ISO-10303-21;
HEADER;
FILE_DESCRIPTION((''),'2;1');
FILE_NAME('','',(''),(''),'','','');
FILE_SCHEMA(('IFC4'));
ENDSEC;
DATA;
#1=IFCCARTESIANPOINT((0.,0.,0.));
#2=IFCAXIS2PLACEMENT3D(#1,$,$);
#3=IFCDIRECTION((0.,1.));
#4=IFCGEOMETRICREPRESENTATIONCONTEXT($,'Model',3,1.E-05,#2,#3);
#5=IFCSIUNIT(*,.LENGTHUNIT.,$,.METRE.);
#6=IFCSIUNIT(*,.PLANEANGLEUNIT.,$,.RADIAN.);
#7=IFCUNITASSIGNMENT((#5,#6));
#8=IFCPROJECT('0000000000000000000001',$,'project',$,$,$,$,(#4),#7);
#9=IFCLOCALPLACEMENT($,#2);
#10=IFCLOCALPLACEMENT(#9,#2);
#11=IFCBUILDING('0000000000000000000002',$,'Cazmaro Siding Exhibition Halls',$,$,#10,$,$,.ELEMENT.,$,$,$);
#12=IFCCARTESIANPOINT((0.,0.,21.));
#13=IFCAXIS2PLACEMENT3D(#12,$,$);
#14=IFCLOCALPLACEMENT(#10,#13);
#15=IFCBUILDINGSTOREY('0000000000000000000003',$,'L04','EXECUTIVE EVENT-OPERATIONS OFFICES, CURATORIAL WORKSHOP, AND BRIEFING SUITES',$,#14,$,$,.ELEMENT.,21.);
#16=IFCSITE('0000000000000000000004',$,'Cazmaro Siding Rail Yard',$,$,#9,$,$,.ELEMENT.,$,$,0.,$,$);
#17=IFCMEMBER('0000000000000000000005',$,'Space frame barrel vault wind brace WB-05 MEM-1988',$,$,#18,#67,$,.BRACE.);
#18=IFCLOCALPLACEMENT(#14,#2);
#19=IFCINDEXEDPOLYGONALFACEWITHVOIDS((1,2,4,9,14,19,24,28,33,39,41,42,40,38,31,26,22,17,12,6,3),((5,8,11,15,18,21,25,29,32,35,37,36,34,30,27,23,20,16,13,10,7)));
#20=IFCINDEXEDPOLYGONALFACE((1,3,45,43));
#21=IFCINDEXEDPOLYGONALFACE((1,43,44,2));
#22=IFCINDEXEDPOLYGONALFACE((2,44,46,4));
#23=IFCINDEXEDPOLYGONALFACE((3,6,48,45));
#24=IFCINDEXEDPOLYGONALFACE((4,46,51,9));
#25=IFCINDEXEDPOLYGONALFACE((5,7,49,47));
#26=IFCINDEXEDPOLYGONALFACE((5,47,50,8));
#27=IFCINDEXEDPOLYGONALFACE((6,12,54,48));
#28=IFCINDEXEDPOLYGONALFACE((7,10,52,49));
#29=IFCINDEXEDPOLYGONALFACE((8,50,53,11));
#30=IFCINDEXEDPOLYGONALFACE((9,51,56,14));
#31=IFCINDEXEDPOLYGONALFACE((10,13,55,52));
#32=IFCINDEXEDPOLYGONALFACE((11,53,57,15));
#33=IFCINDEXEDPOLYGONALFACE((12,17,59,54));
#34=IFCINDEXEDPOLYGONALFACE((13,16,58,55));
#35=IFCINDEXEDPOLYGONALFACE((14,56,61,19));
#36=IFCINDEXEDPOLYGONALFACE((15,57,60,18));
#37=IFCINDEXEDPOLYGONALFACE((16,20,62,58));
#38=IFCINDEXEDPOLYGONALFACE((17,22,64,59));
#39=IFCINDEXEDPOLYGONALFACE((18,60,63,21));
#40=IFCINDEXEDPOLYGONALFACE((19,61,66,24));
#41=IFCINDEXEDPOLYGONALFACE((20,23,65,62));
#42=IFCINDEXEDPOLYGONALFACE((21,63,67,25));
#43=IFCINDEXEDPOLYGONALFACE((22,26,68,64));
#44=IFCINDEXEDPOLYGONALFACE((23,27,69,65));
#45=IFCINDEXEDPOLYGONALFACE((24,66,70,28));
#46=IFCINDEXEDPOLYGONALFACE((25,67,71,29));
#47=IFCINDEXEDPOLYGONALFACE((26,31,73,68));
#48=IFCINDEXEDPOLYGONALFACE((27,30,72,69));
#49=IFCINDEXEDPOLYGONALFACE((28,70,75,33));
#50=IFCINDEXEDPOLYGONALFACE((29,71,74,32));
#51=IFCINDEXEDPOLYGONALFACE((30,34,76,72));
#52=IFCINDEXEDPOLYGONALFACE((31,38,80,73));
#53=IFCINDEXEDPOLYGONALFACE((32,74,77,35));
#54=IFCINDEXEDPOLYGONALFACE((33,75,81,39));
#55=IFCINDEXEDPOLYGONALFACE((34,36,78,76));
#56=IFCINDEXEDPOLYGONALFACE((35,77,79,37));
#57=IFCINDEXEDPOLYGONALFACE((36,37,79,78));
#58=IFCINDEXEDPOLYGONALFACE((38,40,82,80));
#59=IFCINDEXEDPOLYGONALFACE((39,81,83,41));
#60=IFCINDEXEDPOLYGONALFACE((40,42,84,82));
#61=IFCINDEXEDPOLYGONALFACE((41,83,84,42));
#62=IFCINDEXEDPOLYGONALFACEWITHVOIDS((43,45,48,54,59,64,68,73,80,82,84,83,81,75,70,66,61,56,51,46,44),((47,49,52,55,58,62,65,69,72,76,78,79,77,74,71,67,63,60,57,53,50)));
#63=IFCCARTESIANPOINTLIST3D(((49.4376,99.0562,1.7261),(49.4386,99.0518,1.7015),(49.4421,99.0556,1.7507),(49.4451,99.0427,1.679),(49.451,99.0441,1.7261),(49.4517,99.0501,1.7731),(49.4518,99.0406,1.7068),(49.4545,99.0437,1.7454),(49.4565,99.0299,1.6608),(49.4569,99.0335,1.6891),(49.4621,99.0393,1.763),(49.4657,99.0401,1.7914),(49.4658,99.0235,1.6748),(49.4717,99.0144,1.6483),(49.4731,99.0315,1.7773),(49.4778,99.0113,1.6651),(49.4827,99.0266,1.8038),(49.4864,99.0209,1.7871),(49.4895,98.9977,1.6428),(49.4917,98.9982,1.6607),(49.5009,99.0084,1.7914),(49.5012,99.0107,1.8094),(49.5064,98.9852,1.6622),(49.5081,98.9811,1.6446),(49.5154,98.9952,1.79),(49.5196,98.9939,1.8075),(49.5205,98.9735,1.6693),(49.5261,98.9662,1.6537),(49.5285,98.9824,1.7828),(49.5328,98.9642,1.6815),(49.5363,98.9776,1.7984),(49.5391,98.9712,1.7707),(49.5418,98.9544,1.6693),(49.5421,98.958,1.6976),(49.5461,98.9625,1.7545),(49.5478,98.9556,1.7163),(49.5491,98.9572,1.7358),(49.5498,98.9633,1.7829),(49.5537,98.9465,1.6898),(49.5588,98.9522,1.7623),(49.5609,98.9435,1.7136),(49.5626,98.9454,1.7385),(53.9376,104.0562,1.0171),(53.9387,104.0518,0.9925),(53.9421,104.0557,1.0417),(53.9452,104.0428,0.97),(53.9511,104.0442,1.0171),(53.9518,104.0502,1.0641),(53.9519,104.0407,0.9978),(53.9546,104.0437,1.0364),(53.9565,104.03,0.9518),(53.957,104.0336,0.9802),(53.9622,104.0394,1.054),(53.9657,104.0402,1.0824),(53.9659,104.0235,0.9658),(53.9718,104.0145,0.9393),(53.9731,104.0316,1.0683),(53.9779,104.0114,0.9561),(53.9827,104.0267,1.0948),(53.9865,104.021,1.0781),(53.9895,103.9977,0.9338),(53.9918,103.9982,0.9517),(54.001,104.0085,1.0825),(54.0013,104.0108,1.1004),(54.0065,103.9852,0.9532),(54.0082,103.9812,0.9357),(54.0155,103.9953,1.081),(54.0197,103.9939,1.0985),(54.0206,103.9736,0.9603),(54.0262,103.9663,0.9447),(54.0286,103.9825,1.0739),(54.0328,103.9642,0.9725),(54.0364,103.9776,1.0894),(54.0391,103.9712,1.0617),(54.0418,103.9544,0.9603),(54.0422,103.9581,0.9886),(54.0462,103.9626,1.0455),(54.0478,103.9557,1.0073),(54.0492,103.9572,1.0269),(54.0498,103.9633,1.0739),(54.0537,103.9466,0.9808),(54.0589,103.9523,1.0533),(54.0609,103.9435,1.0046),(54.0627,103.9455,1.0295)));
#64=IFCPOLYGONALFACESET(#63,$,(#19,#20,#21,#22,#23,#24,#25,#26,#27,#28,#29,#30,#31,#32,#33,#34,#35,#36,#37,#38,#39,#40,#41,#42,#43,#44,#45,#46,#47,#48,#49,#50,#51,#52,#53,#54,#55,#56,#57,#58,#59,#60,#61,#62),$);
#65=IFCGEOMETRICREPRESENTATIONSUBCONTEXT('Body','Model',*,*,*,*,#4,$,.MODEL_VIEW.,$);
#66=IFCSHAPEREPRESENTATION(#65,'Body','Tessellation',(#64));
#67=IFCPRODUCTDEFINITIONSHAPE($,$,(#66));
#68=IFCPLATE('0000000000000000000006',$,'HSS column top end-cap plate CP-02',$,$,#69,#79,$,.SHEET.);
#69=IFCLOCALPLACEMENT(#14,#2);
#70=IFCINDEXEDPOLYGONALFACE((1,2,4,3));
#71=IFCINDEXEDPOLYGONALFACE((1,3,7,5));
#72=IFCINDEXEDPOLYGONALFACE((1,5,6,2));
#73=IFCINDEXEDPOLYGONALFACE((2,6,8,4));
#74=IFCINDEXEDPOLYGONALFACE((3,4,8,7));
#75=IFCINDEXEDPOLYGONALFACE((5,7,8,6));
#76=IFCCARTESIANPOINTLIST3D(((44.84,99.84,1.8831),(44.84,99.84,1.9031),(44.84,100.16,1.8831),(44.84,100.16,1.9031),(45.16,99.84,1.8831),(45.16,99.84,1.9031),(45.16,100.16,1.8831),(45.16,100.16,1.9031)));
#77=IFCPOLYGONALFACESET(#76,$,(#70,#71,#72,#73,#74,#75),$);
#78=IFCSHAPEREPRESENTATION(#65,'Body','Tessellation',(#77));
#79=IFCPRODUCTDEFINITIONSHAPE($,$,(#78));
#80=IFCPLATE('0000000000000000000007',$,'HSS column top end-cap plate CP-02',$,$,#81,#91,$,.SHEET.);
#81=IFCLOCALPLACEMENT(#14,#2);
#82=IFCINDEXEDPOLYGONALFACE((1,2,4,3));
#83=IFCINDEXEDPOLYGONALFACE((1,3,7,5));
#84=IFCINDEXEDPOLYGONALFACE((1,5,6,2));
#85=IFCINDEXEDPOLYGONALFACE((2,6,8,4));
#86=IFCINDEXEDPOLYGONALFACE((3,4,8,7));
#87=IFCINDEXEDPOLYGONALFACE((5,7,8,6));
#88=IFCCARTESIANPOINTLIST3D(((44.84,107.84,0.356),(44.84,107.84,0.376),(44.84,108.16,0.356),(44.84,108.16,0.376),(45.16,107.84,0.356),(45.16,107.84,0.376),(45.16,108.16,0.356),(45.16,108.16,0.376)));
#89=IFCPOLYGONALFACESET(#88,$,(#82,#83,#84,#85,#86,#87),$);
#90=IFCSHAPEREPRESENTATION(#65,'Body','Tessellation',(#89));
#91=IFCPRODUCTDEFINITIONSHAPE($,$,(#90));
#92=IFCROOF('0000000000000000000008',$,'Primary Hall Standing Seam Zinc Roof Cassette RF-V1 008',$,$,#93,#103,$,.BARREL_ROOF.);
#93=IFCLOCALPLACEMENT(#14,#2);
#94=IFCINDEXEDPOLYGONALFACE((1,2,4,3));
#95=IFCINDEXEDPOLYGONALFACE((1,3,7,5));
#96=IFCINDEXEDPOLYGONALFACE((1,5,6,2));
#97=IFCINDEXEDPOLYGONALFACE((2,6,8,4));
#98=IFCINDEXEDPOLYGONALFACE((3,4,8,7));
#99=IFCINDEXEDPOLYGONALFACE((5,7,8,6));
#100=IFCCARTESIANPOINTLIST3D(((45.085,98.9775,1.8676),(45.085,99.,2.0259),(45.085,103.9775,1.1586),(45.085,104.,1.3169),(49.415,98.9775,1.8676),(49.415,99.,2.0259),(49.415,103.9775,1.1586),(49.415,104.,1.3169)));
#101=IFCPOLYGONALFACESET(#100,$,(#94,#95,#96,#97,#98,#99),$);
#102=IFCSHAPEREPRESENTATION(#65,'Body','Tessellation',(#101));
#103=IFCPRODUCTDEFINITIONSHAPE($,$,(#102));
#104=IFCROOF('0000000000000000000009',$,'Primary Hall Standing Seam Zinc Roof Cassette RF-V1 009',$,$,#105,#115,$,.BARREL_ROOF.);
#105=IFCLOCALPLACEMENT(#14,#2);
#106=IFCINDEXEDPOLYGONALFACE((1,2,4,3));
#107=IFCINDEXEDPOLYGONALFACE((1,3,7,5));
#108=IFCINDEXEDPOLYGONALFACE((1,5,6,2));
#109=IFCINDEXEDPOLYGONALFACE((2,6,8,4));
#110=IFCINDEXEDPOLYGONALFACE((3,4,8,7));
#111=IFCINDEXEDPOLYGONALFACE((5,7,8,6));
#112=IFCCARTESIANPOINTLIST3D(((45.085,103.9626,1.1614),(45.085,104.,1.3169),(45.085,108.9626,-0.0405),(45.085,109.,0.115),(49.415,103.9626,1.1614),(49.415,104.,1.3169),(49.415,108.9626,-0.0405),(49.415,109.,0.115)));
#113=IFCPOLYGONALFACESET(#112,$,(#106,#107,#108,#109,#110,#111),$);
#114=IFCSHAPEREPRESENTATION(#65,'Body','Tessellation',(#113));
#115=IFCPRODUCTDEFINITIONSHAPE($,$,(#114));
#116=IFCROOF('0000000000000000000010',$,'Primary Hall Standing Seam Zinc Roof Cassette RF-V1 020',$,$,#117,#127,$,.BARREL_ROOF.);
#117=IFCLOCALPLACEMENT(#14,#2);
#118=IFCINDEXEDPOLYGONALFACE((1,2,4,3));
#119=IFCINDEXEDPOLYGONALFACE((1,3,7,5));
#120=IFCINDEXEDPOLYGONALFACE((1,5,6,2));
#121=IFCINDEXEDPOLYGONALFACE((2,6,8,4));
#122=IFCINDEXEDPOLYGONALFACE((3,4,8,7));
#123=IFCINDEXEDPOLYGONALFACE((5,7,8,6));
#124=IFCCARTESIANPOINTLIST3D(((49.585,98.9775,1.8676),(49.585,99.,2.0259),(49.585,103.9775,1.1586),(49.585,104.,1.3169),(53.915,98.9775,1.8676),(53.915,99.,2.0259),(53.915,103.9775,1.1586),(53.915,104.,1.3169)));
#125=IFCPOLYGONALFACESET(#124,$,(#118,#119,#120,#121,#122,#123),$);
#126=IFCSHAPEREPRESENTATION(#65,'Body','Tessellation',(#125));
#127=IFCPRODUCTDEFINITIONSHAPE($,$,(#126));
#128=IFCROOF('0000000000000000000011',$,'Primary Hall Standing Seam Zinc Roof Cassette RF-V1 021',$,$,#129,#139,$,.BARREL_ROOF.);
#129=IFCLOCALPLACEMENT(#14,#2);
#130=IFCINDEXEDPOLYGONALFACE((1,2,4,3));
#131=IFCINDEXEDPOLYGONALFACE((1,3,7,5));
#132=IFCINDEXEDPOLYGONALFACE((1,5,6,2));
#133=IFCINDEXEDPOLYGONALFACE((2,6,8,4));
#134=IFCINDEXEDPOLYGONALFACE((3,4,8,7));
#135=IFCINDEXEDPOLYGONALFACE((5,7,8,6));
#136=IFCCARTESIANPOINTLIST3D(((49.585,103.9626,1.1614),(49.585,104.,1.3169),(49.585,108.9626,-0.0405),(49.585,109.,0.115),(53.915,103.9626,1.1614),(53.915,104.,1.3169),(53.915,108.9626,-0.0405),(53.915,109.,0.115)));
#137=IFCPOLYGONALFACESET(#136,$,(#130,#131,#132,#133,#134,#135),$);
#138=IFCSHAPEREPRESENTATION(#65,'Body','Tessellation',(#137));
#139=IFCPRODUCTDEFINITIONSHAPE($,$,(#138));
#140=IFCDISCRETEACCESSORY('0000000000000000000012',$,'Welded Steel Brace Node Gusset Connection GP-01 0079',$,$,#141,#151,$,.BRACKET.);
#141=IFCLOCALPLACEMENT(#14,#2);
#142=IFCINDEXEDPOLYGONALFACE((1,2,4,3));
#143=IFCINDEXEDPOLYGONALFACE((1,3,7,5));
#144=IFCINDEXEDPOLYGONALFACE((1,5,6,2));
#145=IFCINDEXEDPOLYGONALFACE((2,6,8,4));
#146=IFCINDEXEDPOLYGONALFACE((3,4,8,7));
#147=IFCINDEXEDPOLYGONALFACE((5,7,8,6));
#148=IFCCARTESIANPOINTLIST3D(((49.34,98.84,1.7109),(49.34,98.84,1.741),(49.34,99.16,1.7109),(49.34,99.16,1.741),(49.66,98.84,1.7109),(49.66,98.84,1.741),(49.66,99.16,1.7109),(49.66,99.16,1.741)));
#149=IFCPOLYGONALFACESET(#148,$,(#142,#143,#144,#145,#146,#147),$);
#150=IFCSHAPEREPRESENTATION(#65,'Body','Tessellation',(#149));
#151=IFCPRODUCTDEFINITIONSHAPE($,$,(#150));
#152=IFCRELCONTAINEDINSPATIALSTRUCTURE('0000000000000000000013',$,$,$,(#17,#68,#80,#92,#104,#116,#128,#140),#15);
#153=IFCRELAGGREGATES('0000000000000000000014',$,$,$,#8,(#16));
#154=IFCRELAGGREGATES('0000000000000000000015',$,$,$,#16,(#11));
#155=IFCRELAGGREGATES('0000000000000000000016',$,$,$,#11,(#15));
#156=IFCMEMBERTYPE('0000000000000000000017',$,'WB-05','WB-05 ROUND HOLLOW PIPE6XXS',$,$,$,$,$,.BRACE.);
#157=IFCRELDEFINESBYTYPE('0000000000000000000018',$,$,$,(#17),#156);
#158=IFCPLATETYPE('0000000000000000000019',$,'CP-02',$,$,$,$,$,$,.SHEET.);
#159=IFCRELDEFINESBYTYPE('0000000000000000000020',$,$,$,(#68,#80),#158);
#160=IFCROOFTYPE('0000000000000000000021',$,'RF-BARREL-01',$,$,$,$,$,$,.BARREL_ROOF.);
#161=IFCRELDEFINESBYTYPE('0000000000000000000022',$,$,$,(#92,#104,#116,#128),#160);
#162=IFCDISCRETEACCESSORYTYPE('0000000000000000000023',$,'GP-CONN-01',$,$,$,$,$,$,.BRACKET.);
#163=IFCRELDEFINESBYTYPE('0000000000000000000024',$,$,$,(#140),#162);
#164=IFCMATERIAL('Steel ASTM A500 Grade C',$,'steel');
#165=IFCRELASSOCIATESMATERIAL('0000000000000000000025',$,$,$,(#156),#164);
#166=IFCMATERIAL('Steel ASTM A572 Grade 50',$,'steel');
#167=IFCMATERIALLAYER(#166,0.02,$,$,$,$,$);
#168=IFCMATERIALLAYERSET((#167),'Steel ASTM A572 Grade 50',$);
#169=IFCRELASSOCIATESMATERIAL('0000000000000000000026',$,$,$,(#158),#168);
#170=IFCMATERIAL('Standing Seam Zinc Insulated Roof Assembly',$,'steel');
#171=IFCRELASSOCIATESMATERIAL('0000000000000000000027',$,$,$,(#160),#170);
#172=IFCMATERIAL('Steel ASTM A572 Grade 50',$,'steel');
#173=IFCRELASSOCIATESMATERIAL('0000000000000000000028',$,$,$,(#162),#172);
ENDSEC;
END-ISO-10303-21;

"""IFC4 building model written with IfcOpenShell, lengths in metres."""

from ifc_helpers import new_model, si_unit, direction, frame, origin, origin_2d, place, context, subcontext, project, spatial, polyline, rectangle, hollow_circle, outline, extrude, material, layer, layer_set, material_profile, profile_set, type_object, element, save


model = new_model("IFC4")

# Units and contexts
model_context = context("Model", 3, precision=1e-05, world=origin(), true_north=direction((0.0, 1.0)))
body_context = subcontext(model_context, "Body", "Model", "MODEL_VIEW")
ifc_project = project(units=[si_unit("LENGTHUNIT", "METRE"), si_unit("PLANEANGLEUNIT", "RADIAN")], contexts=[model_context])

# Site, building, storey
site_placement = place(None, origin())
site = spatial("IfcSite", under=ifc_project, at=site_placement, Name="Cazmaro Siding Rail Yard", CompositionType="ELEMENT", RefElevation=0.0)
building_placement = place(site_placement, origin())
building = spatial("IfcBuilding", under=site, at=building_placement, Name="Cazmaro Siding Exhibition Halls", CompositionType="ELEMENT")
storey_placement = place(building_placement, frame((0.0, 0.0, 21.0)))
storey = spatial("IfcBuildingStorey", under=building, at=storey_placement, Name="L04", Description="EXECUTIVE EVENT-OPERATIONS OFFICES, CURATORIAL WORKSHOP, AND BRIEFING SUITES", CompositionType="ELEMENT", Elevation=21.0)

# Member
ifc_material_1 = material(Name="Steel ASTM A500 Grade C", Category="steel")
ifc_material_profile_1 = material_profile(ifc_material_1, hollow_circle(Radius=0.084, WallThickness=0.0181, at=origin_2d()), Name="PIPE6XXS")
ifc_profile_set_1 = profile_set([ifc_material_profile_1], Name="Steel ASTM A500 Grade C")
member_type_1 = type_object("IfcMemberType", Name="WB-05", Description="WB-05 ROUND HOLLOW PIPE6XXS", PredefinedType="BRACE", material=ifc_profile_set_1)
member_1_placement = place(storey_placement, frame((49.5, 99.0, 1.7261), z_axis=(0.66528, 0.7392, -0.104816), x_axis=(-0.743294, 0.668965, 0.0)))
element("IfcMember", 1, at=member_1_placement, inside=storey, type_object=member_type_1, Name="Space frame barrel vault wind brace WB-05 MEM-1988", PredefinedType="BRACE", context=body_context, shape_type="SweptSolid", body=[
    extrude(hollow_circle(Radius=0.084, WallThickness=0.0181, at=origin_2d()), origin(), (0.0, 0.0, 1.0), 6.7642),
])

# Plates
ifc_material_2 = material(Name="Steel ASTM A572 Grade 50", Category="steel")
ifc_layer = layer(ifc_material_2, 0.02)
ifc_layer_set = layer_set([ifc_layer], Name="Steel ASTM A572 Grade 50")
plate_type = type_object("IfcPlateType", Name="CP-02", PredefinedType="SHEET", material=ifc_layer_set)
for number, where, z_axis, x_axis, name in (
    (2, (45.0, 100.0, 1.8831), (0.0, 0.0, 1.0), (1.0, 0.0, 0.0), "HSS column top end-cap plate CP-02"),
    (3, (45.0, 108.0, 0.356), (0.0, 0.0, 1.0), (1.0, 0.0, 0.0), "HSS column top end-cap plate CP-02"),
):
    element("IfcPlate", number, at=place(storey_placement, frame(where, z_axis=z_axis, x_axis=x_axis)), inside=storey, type_object=plate_type, Name=name, PredefinedType="SHEET", context=body_context, shape_type="SweptSolid", body=[
        extrude(rectangle(XDim=0.3201, YDim=0.3201, at=origin_2d()), origin(), (0.0, 0.0, 1.0), 0.02),
    ])

# Roofs
ifc_material_3 = material(Name="Standing Seam Zinc Insulated Roof Assembly", Category="steel")
roof_type = type_object("IfcRoofType", Name="RF-BARREL-01", PredefinedType="BARREL_ROOF", material=ifc_material_3)
roof_1_placement = place(storey_placement, frame((45.085, 99.0, 2.0259), z_axis=(0.0, 0.140393, 0.990096), x_axis=(1.0, 0.0, 0.0)))
element("IfcRoof", 4, at=roof_1_placement, inside=storey, type_object=roof_type, Name="Primary Hall Standing Seam Zinc Roof Cassette RF-V1 008", PredefinedType="BARREL_ROOF", context=body_context, shape_type="SweptSolid", body=[
    extrude(outline(polyline([(0.0, 0.0), (4.3301, 0.0), (4.3301, 5.05), (0.0, 5.05), (0.0, 0.0)])), origin(), (0.0, 0.0, -1.0), 0.1599),
])
roof_2_placement = place(storey_placement, frame((45.085, 104.0, 1.3169), z_axis=(0.0, 0.233723, 0.972303), x_axis=(1.0, 0.0, 0.0)))
element("IfcRoof", 5, at=roof_2_placement, inside=storey, type_object=roof_type, Name="Primary Hall Standing Seam Zinc Roof Cassette RF-V1 009", PredefinedType="BARREL_ROOF", context=body_context, shape_type="SweptSolid", body=[
    extrude(outline(polyline([(0.0, 0.0), (4.3301, 0.0), (4.3301, 5.1424), (0.0, 5.1424), (0.0, 0.0)])), origin(), (0.0, 0.0, -1.0), 0.1599),
])
roof_3_placement = place(storey_placement, frame((49.585, 99.0, 2.0259), z_axis=(0.0, 0.140393, 0.990096), x_axis=(1.0, 0.0, 0.0)))
element("IfcRoof", 6, at=roof_3_placement, inside=storey, type_object=roof_type, Name="Primary Hall Standing Seam Zinc Roof Cassette RF-V1 020", PredefinedType="BARREL_ROOF", context=body_context, shape_type="SweptSolid", body=[
    extrude(outline(polyline([(0.0, 0.0), (4.3301, 0.0), (4.3301, 5.05), (0.0, 5.05), (0.0, 0.0)])), origin(), (0.0, 0.0, -1.0), 0.1599),
])
roof_4_placement = place(storey_placement, frame((49.585, 104.0, 1.3169), z_axis=(0.0, 0.233723, 0.972303), x_axis=(1.0, 0.0, 0.0)))
element("IfcRoof", 7, at=roof_4_placement, inside=storey, type_object=roof_type, Name="Primary Hall Standing Seam Zinc Roof Cassette RF-V1 021", PredefinedType="BARREL_ROOF", context=body_context, shape_type="SweptSolid", body=[
    extrude(outline(polyline([(0.0, 0.0), (4.3301, 0.0), (4.3301, 5.1424), (0.0, 5.1424), (0.0, 0.0)])), origin(), (0.0, 0.0, -1.0), 0.1599),
])

# Discrete accessory
ifc_material_4 = material(Name="Steel ASTM A572 Grade 50", Category="steel")
discrete_accessory_type = type_object("IfcDiscreteAccessoryType", Name="GP-CONN-01", PredefinedType="BRACKET", material=ifc_material_4)
discrete_accessory_placement = place(storey_placement, frame((49.5, 99.0, 1.7109), z_axis=(0.0, 0.0, 1.0), x_axis=(1.0, 0.0, 0.0)))
element("IfcDiscreteAccessory", 8, at=discrete_accessory_placement, inside=storey, type_object=discrete_accessory_type, Name="Welded Steel Brace Node Gusset Connection GP-01 0079", PredefinedType="BRACKET", context=body_context, shape_type="SweptSolid", body=[
    extrude(rectangle(XDim=0.3201, YDim=0.3201, at=origin_2d()), origin(), (0.0, 0.0, 1.0), 0.03),
])

save(model, "model.ifc")
